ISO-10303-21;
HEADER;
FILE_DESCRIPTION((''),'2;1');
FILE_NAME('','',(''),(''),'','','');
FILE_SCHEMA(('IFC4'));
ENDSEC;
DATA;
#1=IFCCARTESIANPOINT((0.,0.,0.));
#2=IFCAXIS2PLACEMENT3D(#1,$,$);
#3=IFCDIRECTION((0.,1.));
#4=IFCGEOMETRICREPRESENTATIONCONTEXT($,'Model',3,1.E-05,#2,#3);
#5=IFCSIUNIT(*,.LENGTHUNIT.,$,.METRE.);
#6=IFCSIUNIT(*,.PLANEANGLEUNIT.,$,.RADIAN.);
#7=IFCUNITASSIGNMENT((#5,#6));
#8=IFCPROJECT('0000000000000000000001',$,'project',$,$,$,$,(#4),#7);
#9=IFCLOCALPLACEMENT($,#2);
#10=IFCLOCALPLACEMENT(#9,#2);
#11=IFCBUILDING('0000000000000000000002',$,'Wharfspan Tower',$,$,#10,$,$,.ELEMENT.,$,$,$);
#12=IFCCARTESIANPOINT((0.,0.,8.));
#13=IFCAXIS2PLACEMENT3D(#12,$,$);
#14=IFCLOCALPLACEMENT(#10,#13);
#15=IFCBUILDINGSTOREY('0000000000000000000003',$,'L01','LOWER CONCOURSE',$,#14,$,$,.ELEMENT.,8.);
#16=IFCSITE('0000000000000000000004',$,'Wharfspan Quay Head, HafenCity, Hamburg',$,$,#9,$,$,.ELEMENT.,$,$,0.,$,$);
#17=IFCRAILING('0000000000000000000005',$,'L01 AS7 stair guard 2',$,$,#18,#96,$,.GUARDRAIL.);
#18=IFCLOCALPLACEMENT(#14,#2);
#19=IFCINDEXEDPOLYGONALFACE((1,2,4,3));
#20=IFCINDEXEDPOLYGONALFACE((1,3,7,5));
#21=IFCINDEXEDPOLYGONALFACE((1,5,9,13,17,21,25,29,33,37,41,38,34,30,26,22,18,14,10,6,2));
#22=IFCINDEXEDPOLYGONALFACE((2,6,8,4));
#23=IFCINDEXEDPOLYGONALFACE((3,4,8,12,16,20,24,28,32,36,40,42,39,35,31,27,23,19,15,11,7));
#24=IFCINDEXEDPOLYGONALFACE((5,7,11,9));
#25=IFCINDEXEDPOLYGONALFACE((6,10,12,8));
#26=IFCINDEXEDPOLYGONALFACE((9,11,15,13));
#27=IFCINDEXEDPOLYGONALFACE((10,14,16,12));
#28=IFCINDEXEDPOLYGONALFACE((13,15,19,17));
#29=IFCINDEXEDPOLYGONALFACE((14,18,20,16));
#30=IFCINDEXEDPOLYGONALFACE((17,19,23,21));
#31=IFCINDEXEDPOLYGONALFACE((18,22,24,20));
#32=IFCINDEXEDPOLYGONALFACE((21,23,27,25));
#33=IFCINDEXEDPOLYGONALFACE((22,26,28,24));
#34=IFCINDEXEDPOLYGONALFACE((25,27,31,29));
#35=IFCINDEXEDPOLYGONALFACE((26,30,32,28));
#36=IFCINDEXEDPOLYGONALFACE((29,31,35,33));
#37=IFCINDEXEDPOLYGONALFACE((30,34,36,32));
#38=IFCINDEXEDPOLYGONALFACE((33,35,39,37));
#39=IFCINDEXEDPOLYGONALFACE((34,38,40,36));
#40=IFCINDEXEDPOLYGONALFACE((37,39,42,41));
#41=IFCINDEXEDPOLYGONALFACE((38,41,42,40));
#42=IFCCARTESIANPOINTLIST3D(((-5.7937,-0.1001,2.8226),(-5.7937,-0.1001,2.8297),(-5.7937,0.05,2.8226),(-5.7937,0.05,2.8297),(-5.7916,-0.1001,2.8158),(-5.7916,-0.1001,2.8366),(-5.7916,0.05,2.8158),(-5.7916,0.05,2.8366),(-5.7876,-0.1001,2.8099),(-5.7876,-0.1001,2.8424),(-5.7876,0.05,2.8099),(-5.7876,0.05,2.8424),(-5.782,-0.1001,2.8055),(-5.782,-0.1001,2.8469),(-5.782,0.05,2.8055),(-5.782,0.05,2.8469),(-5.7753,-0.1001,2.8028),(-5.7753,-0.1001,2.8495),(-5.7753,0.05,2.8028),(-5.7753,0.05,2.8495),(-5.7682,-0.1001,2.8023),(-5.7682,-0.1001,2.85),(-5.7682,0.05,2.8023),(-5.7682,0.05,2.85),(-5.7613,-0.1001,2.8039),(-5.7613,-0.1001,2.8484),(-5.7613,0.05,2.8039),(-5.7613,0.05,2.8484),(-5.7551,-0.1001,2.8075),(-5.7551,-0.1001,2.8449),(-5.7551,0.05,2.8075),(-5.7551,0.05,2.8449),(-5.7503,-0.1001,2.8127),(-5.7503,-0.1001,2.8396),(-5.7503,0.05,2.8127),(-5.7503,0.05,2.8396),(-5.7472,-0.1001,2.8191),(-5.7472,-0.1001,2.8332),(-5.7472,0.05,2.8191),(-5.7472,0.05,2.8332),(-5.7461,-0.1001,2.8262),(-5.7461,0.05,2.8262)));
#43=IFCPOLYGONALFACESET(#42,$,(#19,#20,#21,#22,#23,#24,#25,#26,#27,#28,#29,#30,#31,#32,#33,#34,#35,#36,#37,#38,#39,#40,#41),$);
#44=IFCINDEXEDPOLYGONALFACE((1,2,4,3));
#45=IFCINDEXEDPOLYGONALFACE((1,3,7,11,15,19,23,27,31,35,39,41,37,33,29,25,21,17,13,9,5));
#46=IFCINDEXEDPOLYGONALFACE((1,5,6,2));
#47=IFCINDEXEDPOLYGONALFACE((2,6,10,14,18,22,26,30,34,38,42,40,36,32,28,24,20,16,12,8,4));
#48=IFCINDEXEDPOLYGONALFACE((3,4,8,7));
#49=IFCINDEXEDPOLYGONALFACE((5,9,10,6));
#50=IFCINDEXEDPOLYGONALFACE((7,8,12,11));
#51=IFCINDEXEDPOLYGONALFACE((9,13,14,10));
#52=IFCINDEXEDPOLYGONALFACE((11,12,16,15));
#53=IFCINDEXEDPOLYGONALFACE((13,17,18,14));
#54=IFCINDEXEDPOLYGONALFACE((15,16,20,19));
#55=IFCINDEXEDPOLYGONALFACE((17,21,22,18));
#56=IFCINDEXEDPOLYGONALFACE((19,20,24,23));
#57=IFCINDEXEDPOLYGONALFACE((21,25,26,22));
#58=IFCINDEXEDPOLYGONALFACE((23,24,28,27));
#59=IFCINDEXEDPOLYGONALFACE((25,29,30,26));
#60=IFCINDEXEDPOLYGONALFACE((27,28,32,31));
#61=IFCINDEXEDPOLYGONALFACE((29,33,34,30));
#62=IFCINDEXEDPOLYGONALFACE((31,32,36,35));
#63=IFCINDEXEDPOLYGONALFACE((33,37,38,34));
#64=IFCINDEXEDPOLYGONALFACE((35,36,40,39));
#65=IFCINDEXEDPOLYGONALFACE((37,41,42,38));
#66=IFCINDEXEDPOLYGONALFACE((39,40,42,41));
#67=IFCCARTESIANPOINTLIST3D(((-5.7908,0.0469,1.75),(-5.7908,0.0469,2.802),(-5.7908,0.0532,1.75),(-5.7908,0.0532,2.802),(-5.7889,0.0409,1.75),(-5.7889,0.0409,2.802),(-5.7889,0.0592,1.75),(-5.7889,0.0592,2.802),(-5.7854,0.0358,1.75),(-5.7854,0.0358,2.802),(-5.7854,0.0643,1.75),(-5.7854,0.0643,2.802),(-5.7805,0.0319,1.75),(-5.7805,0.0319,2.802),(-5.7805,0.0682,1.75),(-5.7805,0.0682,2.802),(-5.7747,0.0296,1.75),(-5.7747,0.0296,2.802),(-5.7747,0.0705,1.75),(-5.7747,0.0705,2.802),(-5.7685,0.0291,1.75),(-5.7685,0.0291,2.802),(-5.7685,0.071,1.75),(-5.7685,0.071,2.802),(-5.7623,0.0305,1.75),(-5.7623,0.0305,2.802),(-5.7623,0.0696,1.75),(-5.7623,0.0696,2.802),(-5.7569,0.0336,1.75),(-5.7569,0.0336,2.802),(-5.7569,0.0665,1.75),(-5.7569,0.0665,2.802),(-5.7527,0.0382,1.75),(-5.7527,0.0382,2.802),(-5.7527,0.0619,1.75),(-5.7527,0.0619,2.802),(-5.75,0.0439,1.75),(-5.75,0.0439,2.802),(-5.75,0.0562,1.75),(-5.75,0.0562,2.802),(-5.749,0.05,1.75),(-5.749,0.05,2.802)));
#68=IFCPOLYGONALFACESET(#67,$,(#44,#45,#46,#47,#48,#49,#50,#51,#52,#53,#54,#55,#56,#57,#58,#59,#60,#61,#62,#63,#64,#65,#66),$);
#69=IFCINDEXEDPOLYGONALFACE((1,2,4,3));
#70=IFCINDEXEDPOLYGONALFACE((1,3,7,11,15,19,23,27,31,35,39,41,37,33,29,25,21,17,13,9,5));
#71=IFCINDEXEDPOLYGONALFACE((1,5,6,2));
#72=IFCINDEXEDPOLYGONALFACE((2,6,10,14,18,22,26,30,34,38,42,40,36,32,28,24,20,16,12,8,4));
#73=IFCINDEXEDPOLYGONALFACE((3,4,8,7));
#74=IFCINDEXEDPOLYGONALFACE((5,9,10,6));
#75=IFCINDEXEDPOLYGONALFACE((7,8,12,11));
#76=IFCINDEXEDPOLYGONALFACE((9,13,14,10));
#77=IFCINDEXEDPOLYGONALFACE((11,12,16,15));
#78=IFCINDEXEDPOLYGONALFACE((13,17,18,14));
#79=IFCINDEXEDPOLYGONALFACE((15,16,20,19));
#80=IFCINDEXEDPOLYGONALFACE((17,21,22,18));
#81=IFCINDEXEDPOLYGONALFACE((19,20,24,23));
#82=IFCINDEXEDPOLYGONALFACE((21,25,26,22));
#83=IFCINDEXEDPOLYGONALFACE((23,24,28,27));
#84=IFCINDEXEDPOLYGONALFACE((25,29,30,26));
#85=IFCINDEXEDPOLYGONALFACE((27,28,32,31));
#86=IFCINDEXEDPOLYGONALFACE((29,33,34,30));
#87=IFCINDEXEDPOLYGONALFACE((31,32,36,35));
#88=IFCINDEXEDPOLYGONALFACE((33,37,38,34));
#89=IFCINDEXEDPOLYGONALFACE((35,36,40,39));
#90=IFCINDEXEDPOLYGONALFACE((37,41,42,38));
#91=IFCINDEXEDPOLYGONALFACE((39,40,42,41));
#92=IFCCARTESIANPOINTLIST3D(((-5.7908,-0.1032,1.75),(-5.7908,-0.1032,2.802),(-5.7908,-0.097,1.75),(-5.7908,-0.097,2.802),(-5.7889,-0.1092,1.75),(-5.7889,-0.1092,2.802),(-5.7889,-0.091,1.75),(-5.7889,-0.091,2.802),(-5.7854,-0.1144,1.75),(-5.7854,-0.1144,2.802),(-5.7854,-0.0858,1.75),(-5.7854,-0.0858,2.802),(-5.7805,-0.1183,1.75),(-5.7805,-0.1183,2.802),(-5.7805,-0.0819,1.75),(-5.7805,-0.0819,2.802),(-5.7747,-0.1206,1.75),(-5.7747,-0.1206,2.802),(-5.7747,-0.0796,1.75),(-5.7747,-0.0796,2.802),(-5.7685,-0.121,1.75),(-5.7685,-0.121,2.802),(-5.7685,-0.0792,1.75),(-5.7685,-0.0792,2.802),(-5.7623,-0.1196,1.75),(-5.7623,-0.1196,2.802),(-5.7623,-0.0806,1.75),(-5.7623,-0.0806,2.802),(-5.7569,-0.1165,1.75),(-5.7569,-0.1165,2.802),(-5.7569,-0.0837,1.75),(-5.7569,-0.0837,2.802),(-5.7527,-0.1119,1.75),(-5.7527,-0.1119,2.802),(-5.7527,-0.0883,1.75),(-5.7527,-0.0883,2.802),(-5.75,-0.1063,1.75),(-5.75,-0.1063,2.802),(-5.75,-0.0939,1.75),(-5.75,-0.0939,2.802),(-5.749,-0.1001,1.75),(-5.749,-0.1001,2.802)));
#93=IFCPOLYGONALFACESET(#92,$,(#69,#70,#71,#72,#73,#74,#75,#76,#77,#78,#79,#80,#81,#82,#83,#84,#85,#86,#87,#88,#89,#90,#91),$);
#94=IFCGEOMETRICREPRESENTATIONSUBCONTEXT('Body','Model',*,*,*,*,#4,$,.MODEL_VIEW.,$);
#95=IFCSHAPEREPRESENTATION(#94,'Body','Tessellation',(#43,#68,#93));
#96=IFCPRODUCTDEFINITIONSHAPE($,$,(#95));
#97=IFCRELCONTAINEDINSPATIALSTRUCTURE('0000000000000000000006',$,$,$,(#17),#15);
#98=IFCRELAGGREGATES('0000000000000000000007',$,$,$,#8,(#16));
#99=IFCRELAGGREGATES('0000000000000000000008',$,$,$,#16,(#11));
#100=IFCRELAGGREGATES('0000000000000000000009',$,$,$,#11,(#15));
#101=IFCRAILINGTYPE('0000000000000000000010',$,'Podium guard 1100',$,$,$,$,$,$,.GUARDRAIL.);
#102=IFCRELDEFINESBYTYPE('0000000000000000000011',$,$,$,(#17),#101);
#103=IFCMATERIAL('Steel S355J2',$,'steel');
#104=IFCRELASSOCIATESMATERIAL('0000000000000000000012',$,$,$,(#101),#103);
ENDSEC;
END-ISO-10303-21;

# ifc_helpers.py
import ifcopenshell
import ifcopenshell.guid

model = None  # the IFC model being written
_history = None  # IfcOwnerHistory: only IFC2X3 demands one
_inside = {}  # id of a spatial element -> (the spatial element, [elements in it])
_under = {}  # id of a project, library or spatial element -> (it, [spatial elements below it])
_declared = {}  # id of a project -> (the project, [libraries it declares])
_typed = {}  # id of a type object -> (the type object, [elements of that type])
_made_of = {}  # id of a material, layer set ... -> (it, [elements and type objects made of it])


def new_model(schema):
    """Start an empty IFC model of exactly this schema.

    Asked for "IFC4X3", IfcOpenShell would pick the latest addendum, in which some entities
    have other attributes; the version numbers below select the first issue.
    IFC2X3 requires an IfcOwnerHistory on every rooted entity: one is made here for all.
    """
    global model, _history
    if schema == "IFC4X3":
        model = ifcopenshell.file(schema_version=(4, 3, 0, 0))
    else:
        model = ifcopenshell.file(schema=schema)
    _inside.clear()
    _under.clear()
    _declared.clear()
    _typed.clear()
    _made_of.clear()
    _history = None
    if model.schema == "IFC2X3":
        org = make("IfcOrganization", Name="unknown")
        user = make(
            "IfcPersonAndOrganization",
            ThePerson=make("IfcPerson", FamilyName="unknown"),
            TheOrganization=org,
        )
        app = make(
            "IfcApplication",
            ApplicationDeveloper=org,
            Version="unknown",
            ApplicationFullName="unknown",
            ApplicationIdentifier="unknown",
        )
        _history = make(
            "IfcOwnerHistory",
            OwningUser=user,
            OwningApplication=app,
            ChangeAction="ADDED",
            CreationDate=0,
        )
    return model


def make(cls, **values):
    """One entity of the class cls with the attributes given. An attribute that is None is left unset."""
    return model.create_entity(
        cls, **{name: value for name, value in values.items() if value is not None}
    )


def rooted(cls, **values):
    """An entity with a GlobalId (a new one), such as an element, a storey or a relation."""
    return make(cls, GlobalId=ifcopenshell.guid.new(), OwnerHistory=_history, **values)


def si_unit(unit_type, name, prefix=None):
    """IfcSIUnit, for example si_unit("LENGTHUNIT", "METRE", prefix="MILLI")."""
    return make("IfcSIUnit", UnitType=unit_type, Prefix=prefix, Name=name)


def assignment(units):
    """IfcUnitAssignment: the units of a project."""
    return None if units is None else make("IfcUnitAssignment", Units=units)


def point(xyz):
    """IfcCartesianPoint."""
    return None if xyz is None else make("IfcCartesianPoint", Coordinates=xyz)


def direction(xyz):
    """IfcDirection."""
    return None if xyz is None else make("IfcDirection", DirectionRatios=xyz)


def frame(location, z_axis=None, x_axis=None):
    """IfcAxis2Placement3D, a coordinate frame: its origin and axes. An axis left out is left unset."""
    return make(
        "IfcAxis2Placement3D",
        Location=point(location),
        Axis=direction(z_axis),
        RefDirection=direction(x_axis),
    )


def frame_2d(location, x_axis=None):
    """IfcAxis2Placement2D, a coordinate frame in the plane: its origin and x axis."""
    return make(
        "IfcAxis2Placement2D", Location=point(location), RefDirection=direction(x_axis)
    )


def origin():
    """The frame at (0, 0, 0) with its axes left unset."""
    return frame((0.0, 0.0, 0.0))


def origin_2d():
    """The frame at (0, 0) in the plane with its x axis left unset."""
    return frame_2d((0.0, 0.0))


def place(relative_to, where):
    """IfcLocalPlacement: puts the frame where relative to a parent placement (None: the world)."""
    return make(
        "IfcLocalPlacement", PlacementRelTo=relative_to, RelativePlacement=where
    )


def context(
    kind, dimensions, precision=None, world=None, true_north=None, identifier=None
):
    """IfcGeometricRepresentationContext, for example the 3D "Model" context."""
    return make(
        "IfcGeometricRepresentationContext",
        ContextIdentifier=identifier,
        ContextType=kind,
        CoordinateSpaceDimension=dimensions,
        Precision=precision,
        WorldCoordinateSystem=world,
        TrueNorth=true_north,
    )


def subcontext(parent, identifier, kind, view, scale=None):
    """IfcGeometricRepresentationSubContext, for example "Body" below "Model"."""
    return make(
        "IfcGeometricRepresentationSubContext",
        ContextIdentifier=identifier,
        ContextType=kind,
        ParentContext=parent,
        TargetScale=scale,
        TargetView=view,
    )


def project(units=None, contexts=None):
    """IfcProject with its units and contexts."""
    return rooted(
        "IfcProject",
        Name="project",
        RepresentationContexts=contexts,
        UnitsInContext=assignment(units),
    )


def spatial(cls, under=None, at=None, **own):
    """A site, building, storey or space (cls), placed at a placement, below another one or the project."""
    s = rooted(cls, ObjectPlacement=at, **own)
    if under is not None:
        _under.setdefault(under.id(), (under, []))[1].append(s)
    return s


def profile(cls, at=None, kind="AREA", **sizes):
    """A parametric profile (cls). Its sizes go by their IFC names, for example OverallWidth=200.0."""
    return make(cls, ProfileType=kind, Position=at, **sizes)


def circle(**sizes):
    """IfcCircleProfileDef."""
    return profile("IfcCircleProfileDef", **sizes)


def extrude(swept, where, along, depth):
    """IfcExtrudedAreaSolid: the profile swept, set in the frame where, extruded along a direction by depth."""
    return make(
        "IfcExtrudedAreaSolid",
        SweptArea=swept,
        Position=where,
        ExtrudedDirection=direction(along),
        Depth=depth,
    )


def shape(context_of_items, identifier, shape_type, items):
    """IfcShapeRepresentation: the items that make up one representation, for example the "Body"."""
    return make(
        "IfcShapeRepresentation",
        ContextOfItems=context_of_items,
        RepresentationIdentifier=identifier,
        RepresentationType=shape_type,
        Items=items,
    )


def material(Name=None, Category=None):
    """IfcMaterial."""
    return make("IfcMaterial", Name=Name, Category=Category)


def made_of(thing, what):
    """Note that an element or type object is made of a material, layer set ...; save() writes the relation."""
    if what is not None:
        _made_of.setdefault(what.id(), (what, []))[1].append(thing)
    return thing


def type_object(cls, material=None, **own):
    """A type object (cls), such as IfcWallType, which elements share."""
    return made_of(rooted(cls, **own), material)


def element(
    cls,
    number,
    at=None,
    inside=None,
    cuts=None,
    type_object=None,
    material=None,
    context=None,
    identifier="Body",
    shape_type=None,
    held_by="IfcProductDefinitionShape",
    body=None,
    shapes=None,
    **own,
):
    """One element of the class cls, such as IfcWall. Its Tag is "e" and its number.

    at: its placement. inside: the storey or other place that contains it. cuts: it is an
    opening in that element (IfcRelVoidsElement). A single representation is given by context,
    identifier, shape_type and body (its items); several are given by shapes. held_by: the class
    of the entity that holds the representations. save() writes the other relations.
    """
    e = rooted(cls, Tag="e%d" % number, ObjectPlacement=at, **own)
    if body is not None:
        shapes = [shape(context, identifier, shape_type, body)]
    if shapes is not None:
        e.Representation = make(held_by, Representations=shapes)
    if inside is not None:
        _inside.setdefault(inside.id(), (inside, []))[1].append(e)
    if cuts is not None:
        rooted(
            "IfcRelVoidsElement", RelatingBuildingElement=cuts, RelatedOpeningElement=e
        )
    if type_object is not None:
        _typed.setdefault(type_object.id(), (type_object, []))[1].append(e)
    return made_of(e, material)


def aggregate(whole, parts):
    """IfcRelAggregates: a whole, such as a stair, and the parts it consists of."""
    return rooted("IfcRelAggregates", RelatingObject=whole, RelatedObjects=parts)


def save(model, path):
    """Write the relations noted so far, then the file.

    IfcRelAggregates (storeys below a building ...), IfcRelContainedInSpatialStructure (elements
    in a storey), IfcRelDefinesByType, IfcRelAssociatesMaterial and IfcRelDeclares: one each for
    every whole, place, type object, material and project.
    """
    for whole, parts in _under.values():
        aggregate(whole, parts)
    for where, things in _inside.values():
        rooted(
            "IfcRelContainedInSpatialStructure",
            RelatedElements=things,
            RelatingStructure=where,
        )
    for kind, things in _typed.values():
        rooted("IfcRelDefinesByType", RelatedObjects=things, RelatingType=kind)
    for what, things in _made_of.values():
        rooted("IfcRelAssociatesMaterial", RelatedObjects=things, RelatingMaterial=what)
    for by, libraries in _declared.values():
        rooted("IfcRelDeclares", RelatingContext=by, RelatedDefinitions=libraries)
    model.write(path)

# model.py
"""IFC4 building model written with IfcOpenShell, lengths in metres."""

from ifc_helpers import new_model, si_unit, direction, frame, origin, origin_2d, place, context, subcontext, project, spatial, circle, extrude, material, type_object, element, save


model = new_model("IFC4")

# Units and contexts
model_context = context("Model", 3, precision=1e-05, world=origin(), true_north=direction((0.0, 1.0)))
body_context = subcontext(model_context, "Body", "Model", "MODEL_VIEW")
ifc_project = project(units=[si_unit("LENGTHUNIT", "METRE"), si_unit("PLANEANGLEUNIT", "RADIAN")], contexts=[model_context])

# Site, building, storey
site_placement = place(None, origin())
site = spatial("IfcSite", under=ifc_project, at=site_placement, Name="Wharfspan Quay Head, HafenCity, Hamburg", CompositionType="ELEMENT", RefElevation=0.0)
building_placement = place(site_placement, origin())
building = spatial("IfcBuilding", under=site, at=building_placement, Name="Wharfspan Tower", CompositionType="ELEMENT")
storey_placement = place(building_placement, frame((0.0, 0.0, 8.0)))
storey = spatial("IfcBuildingStorey", under=building, at=storey_placement, Name="L01", Description="LOWER CONCOURSE", CompositionType="ELEMENT", Elevation=8.0)

# Railing
ifc_material_1 = material(Name="Steel S355J2", Category="steel")
railing_type_1 = type_object("IfcRailingType", Name="Podium guard 1100", PredefinedType="GUARDRAIL", material=ifc_material_1)
railing_1_placement = place(storey_placement, frame((-5.77, 0.05, 1.75)))
element("IfcRailing", 1, at=railing_1_placement, inside=storey, type_object=railing_type_1, Name="L01 AS7 stair guard 2", PredefinedType="GUARDRAIL", context=body_context, shape_type="SweptSolid", body=[
    extrude(circle(Radius=0.0239, at=origin_2d()), frame((0.0, 0.0, 1.0762), z_axis=(0.0, -1.0, 0.0), x_axis=(1.0, 0.0, 0.0)), (0.0, 0.0, 1.0), 0.1501),
    extrude(circle(Radius=0.021, at=origin_2d()), origin(), (0.0, 0.0, 1.0), 1.052),
    extrude(circle(Radius=0.021, at=origin_2d()), frame((0.0, -0.1501, 0.0)), (0.0, 0.0, 1.0), 1.052),
])

save(model, "model.ifc")
